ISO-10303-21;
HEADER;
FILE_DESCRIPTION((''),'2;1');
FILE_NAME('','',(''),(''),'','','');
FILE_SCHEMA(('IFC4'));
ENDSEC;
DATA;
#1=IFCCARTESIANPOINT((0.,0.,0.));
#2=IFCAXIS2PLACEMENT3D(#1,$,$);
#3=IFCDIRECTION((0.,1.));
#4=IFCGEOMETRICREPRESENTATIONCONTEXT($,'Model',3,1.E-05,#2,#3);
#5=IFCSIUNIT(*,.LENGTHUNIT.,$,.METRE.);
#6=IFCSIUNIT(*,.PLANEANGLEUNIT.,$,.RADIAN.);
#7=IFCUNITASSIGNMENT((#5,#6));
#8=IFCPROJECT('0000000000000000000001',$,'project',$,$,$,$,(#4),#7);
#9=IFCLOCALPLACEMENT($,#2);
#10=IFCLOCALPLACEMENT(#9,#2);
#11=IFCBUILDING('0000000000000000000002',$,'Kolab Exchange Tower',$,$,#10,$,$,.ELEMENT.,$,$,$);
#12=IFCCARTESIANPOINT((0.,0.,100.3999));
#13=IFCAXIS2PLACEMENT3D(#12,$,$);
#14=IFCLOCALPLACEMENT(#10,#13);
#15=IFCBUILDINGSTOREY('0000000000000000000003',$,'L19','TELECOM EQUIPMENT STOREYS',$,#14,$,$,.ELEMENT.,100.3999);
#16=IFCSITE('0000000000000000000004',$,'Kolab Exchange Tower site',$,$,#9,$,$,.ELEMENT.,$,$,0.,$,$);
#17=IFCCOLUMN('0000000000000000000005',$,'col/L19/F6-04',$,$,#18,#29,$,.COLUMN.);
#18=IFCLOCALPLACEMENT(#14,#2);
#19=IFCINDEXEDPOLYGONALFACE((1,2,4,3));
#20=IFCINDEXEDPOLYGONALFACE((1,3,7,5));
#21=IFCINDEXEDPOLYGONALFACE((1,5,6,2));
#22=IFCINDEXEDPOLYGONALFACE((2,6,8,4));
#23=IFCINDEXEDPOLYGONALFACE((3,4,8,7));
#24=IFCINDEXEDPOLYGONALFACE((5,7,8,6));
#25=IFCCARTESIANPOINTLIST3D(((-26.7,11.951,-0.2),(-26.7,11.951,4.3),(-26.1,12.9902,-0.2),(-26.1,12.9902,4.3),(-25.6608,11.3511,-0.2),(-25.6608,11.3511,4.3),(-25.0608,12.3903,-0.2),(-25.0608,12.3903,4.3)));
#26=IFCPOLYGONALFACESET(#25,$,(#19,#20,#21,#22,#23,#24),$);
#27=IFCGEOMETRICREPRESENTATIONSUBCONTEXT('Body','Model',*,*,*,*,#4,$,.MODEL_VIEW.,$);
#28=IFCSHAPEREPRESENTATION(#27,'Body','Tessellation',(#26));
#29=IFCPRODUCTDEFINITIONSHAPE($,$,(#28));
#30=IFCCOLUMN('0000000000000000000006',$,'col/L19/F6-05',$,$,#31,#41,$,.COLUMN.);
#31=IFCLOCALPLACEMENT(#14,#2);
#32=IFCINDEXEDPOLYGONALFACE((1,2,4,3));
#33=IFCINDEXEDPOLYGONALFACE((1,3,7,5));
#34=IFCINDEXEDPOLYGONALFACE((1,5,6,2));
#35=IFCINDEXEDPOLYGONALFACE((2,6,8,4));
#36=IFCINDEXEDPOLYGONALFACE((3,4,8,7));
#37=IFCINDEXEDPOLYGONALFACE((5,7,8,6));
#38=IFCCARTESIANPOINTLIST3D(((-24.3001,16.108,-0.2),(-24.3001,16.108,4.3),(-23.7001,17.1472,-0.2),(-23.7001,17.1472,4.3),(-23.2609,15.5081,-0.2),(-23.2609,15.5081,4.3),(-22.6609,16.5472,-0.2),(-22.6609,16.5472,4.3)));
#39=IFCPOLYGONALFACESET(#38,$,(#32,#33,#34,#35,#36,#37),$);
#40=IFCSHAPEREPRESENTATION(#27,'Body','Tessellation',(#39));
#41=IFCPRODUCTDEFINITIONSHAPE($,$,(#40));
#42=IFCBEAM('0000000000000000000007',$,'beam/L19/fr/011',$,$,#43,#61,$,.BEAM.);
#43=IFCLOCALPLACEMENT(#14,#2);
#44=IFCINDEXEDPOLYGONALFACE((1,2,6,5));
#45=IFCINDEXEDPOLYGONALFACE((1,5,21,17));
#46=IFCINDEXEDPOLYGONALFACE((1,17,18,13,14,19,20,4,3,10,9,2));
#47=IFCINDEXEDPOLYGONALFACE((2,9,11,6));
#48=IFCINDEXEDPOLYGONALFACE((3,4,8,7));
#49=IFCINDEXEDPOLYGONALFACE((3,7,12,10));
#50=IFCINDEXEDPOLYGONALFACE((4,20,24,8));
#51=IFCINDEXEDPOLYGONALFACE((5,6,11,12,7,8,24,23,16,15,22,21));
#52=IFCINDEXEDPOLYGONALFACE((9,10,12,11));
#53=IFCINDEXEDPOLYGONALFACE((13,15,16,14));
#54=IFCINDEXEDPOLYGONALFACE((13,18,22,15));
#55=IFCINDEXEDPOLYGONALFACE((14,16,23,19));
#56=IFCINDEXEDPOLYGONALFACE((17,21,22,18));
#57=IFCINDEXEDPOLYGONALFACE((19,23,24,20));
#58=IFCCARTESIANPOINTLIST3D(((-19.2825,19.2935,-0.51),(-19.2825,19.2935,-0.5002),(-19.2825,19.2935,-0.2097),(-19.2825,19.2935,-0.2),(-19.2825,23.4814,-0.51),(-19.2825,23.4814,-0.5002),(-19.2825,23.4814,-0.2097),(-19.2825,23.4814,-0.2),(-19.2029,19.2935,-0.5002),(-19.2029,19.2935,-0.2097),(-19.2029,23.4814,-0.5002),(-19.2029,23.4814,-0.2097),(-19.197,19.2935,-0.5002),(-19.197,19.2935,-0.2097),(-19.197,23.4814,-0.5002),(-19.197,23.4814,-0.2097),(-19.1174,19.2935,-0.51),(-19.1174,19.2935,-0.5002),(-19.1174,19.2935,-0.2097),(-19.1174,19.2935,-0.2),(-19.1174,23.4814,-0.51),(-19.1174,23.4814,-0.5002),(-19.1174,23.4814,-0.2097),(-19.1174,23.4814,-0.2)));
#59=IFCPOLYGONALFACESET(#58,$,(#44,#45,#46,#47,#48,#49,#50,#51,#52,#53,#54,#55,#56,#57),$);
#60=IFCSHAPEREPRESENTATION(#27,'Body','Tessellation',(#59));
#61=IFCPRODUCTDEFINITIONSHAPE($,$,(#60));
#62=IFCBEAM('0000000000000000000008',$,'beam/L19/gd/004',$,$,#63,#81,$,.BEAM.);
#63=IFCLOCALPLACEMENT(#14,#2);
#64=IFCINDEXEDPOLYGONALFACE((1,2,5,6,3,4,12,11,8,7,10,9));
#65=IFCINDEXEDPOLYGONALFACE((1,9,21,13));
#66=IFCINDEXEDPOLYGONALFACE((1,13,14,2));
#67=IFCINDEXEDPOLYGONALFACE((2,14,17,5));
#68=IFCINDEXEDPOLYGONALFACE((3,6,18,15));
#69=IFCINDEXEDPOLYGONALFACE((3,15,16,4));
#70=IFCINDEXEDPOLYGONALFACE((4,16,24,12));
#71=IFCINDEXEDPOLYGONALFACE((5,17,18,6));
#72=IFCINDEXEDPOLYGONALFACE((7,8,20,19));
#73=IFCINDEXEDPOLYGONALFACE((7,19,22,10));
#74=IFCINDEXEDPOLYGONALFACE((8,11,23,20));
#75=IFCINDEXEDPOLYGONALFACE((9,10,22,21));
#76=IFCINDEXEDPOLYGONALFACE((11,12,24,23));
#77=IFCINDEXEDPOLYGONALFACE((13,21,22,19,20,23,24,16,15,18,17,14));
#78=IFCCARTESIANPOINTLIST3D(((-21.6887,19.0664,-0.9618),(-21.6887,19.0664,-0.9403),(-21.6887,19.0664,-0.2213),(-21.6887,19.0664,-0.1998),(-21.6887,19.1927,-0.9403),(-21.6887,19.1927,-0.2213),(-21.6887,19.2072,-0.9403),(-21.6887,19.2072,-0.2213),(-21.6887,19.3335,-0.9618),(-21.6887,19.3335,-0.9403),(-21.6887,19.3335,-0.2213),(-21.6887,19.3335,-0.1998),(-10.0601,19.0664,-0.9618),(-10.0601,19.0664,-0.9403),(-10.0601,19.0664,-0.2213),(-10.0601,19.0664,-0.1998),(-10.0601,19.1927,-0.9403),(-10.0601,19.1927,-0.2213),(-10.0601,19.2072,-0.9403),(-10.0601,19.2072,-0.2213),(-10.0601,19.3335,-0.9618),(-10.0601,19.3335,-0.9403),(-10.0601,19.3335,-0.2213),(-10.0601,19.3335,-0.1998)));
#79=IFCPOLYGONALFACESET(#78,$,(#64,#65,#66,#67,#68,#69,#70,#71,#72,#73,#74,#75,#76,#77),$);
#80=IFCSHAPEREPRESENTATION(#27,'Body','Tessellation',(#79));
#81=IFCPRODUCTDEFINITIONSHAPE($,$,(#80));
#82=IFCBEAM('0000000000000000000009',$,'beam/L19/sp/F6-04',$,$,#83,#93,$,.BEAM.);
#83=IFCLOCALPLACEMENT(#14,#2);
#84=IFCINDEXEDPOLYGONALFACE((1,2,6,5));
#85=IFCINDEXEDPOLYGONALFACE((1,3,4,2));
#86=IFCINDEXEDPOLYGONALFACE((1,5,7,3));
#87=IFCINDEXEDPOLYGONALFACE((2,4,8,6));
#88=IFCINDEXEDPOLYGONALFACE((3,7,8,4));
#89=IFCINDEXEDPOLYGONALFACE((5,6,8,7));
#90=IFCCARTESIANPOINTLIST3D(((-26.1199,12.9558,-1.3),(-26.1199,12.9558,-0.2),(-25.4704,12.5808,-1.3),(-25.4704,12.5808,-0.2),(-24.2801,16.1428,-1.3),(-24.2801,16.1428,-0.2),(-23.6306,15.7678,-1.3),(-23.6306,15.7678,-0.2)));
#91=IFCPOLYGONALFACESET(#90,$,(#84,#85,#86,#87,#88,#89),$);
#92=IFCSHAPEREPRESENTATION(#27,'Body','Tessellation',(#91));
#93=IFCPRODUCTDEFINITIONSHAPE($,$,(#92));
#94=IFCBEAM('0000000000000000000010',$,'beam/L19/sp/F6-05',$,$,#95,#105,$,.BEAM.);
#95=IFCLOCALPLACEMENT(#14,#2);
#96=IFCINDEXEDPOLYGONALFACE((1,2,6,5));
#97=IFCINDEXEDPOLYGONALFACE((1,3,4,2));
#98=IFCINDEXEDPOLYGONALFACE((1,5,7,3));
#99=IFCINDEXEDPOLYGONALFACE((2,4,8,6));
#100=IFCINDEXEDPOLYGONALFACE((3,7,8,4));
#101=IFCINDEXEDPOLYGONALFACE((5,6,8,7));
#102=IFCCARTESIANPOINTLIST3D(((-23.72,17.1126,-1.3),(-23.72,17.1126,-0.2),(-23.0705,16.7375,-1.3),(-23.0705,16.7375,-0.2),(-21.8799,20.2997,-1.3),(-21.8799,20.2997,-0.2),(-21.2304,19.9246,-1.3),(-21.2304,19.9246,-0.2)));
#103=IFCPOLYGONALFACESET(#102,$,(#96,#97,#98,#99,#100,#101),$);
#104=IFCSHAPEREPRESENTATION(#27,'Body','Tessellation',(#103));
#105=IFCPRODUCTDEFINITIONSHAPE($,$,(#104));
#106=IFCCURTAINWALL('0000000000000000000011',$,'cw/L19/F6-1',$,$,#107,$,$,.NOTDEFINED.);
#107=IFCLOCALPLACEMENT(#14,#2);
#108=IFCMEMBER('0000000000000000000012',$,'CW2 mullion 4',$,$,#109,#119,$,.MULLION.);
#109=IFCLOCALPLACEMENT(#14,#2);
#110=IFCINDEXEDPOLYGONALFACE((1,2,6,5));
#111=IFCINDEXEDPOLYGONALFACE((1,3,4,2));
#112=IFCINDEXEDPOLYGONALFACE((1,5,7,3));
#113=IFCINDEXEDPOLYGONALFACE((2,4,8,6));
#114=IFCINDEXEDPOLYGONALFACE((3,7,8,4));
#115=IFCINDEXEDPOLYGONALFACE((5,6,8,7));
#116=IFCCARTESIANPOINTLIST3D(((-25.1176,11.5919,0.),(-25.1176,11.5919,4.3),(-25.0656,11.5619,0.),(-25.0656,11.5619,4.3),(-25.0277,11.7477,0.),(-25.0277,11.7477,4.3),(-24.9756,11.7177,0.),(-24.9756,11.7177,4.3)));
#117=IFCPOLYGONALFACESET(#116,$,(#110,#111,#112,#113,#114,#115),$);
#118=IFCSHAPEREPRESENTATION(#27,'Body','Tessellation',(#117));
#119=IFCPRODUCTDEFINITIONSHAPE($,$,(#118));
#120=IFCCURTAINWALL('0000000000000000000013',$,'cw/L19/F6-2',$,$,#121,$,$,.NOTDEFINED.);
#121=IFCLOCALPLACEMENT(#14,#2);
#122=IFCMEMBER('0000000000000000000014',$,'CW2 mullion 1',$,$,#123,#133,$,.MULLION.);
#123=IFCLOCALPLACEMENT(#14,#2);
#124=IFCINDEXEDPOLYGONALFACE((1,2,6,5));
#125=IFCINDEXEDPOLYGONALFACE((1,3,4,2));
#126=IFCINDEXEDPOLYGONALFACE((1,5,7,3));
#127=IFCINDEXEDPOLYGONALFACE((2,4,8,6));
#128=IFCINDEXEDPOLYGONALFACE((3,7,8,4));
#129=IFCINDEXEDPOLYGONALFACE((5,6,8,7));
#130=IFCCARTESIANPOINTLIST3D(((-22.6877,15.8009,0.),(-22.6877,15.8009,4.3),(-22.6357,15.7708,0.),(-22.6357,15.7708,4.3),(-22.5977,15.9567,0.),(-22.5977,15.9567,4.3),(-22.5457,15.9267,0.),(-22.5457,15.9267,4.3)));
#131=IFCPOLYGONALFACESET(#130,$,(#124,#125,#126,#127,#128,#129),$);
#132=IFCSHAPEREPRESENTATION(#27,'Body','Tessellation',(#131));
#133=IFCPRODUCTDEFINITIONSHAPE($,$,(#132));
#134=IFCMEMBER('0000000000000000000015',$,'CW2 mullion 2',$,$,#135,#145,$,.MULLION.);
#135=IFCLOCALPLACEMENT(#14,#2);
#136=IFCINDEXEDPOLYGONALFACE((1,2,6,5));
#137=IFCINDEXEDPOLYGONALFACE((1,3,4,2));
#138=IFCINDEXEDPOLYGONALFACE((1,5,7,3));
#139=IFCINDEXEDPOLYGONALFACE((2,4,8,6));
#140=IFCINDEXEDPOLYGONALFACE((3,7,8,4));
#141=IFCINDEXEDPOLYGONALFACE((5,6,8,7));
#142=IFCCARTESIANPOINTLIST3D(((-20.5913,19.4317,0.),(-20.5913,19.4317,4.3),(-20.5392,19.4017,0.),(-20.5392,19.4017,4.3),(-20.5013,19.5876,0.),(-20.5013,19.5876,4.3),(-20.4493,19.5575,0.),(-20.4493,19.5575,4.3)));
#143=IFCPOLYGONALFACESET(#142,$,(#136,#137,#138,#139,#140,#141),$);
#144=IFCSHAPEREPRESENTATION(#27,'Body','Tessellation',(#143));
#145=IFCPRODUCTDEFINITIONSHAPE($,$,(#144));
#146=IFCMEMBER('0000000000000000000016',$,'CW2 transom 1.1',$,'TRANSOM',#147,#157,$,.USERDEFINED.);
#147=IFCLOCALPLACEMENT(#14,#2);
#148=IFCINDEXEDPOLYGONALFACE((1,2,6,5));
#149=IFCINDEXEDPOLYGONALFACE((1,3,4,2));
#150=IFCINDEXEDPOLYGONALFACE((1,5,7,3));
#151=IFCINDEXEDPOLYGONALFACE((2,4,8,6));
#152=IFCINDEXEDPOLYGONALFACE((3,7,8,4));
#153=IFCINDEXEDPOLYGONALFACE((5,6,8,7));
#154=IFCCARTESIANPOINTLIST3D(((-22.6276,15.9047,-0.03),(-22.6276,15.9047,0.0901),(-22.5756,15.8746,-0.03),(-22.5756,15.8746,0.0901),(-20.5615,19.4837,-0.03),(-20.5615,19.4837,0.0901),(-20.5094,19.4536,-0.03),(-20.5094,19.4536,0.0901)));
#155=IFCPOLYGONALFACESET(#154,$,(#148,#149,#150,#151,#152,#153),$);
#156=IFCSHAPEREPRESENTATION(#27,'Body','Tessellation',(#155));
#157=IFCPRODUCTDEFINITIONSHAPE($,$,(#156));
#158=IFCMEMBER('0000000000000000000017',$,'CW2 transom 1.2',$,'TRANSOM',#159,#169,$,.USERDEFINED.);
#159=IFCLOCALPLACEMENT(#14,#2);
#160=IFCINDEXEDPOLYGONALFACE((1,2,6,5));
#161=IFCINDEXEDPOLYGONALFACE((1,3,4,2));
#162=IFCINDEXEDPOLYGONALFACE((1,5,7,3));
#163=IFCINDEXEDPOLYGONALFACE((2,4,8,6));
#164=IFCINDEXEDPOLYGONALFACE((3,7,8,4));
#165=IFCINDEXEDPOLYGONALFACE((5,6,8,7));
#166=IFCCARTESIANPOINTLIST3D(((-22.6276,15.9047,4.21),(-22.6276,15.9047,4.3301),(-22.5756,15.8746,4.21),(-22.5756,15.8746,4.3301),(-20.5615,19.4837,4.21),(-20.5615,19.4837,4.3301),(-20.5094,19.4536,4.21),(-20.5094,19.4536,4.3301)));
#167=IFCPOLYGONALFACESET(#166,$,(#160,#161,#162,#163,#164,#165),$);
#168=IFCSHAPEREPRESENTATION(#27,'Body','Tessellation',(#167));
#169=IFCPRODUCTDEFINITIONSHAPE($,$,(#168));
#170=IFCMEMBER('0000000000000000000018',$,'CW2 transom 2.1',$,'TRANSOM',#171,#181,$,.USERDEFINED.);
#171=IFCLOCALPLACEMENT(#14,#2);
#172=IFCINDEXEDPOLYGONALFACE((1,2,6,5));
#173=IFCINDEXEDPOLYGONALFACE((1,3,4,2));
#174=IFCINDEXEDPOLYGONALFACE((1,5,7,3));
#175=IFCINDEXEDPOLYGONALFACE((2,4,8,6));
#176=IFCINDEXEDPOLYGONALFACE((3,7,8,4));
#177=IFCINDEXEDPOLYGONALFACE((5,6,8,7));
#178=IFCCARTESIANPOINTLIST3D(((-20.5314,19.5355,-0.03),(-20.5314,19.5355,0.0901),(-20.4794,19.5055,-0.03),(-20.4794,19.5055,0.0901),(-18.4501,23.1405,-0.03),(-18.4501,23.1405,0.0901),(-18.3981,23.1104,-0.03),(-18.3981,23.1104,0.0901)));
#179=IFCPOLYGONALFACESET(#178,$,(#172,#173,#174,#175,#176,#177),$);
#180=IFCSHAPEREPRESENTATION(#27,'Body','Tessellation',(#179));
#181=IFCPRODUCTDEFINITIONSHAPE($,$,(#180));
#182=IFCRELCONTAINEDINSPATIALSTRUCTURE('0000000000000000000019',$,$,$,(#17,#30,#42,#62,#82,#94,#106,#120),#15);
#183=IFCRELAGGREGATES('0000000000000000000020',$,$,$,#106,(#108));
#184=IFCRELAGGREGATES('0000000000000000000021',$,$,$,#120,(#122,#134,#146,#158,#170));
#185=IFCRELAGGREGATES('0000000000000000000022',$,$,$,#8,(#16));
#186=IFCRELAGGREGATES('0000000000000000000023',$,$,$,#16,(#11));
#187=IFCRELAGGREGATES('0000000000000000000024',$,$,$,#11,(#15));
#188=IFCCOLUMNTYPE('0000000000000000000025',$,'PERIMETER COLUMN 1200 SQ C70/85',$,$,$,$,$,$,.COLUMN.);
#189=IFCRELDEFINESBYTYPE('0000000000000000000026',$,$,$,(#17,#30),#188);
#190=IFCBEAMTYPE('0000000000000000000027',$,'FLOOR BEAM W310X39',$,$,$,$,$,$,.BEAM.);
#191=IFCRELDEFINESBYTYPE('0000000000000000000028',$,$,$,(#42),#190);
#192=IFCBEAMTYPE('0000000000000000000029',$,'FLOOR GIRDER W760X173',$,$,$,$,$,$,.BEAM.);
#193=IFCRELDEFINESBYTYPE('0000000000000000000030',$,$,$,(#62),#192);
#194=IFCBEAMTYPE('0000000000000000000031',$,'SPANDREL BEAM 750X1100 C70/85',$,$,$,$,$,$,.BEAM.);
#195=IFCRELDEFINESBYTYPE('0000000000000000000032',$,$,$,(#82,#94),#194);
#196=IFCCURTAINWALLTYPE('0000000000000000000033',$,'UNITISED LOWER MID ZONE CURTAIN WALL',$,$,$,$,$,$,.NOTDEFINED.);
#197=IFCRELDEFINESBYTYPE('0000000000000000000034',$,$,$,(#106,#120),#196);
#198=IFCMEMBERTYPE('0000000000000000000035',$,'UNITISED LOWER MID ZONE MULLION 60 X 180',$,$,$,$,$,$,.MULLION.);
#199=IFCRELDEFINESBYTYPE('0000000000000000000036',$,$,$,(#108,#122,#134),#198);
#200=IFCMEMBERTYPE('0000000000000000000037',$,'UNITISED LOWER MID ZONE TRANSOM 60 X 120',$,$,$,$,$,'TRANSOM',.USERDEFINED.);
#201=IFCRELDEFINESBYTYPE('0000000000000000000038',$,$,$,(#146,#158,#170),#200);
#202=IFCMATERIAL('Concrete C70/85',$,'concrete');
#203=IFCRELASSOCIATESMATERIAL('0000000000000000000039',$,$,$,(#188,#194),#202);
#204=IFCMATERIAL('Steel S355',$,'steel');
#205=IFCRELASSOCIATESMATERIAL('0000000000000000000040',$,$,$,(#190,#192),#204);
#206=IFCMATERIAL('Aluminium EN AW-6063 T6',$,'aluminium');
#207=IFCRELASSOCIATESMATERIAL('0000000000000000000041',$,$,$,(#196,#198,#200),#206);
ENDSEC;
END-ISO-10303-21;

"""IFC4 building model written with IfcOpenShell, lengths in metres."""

from ifc_helpers import new_model, si_unit, direction, frame, origin, origin_2d, place, context, subcontext, project, spatial, rectangle, i_section, extrude, material, material_profile, profile_set, type_object, element, aggregate, save


model = new_model("IFC4")

# Units and contexts
model_context = context("Model", 3, precision=1e-05, world=origin(), true_north=direction((0.0, 1.0)))
body_context = subcontext(model_context, "Body", "Model", "MODEL_VIEW")
ifc_project = project(units=[si_unit("LENGTHUNIT", "METRE"), si_unit("PLANEANGLEUNIT", "RADIAN")], contexts=[model_context])

# Site, building, storey
site_placement = place(None, origin())
site = spatial("IfcSite", under=ifc_project, at=site_placement, Name="Kolab Exchange Tower site", CompositionType="ELEMENT", RefElevation=0.0)
building_placement = place(site_placement, origin())
building = spatial("IfcBuilding", under=site, at=building_placement, Name="Kolab Exchange Tower", CompositionType="ELEMENT")
storey_placement = place(building_placement, frame((0.0, 0.0, 100.3999)))
storey = spatial("IfcBuildingStorey", under=building, at=storey_placement, Name="L19", Description="TELECOM EQUIPMENT STOREYS", CompositionType="ELEMENT", Elevation=100.3999)

# Columns
ifc_material_1 = material(Name="Concrete C70/85", Category="concrete")
ifc_material_profile_1 = material_profile(ifc_material_1, rectangle(XDim=1.2, YDim=1.2, at=origin_2d()), Name="RC1200")
ifc_profile_set_1 = profile_set([ifc_material_profile_1], Name="Concrete C70/85")
column_type = type_object("IfcColumnType", Name="PERIMETER COLUMN 1200 SQ C70/85", PredefinedType="COLUMN", material=ifc_profile_set_1)
for number, where, z_axis, x_axis, name in (
    (1, (-25.8804, 12.1707, -0.2), (0.0, 0.0, 1.0), (0.5, 0.866025, 0.0), "col/L19/F6-04"),
    (2, (-23.4805, 16.3276, -0.2), (0.0, 0.0, 1.0), (0.5, 0.866025, 0.0), "col/L19/F6-05"),
):
    element("IfcColumn", number, at=place(storey_placement, frame(where, z_axis=z_axis, x_axis=x_axis)), inside=storey, type_object=column_type, Name=name, PredefinedType="COLUMN", context=body_context, shape_type="SweptSolid", body=[
        extrude(rectangle(XDim=1.2, YDim=1.2, at=origin_2d()), origin(), (0.0, 0.0, 1.0), 4.5),
    ])

# Beams
ifc_material_2 = material(Name="Steel S355", Category="steel")
ifc_material_profile_2 = material_profile(ifc_material_2, i_section(OverallWidth=0.165, OverallDepth=0.3101, WebThickness=0.0059, FlangeThickness=0.0098, at=origin_2d()), Name="W310X39")
ifc_profile_set_2 = profile_set([ifc_material_profile_2], Name="Steel S355")
beam_type_1 = type_object("IfcBeamType", Name="FLOOR BEAM W310X39", PredefinedType="BEAM", material=ifc_profile_set_2)
beam_1_placement = place(storey_placement, frame((-19.2, 19.2935, -0.355), z_axis=(0.0, 1.0, 0.0), x_axis=(-1.0, 0.0, 0.0)))
element("IfcBeam", 3, at=beam_1_placement, inside=storey, type_object=beam_type_1, Name="beam/L19/fr/011", PredefinedType="BEAM", context=body_context, shape_type="SweptSolid", body=[
    extrude(i_section(OverallWidth=0.165, OverallDepth=0.3101, WebThickness=0.0059, FlangeThickness=0.0098, at=origin_2d()), origin(), (0.0, 0.0, 1.0), 4.188),
])
ifc_material_profile_3 = material_profile(ifc_material_2, i_section(OverallWidth=0.2671, OverallDepth=0.762, WebThickness=0.0144, FlangeThickness=0.0215, at=origin_2d()), Name="W760X173")
ifc_profile_set_3 = profile_set([ifc_material_profile_3], Name="Steel S355")
beam_type_2 = type_object("IfcBeamType", Name="FLOOR GIRDER W760X173", PredefinedType="BEAM", material=ifc_profile_set_3)
beam_2_placement = place(storey_placement, frame((-21.6887, 19.2, -0.5808), z_axis=(1.0, 0.0, 0.0), x_axis=(0.0, 1.0, 0.0)))
element("IfcBeam", 4, at=beam_2_placement, inside=storey, type_object=beam_type_2, Name="beam/L19/gd/004", PredefinedType="BEAM", context=body_context, shape_type="SweptSolid", body=[
    extrude(i_section(OverallWidth=0.2671, OverallDepth=0.762, WebThickness=0.0144, FlangeThickness=0.0215, at=origin_2d()), origin(), (0.0, 0.0, 1.0), 11.6287),
])
ifc_material_profile_4 = material_profile(ifc_material_1, rectangle(XDim=0.75, YDim=1.1001, at=origin_2d()), Name="RC750X1100")
ifc_profile_set_4 = profile_set([ifc_material_profile_4], Name="Concrete C70/85")
beam_type_3 = type_object("IfcBeamType", Name="SPANDREL BEAM 750X1100 C70/85", PredefinedType="BEAM", material=ifc_profile_set_4)
beam_3_placement = place(storey_placement, frame((-25.7952, 12.7683, -0.75), z_axis=(0.499964, 0.866046, 0.0), x_axis=(-0.866046, 0.499964, 0.0)))
element("IfcBeam", 5, at=beam_3_placement, inside=storey, type_object=beam_type_3, Name="beam/L19/sp/F6-04", PredefinedType="BEAM", context=body_context, shape_type="SweptSolid", body=[
    extrude(rectangle(XDim=0.75, YDim=1.1001, at=origin_2d()), origin(), (0.0, 0.0, 1.0), 3.6799),
])
beam_4_placement = place(storey_placement, frame((-23.3953, 16.925, -0.75), z_axis=(0.500013, 0.866018, 0.0), x_axis=(-0.866018, 0.500013, 0.0)))
element("IfcBeam", 6, at=beam_4_placement, inside=storey, type_object=beam_type_3, Name="beam/L19/sp/F6-05", PredefinedType="BEAM", context=body_context, shape_type="SweptSolid", body=[
    extrude(rectangle(XDim=0.75, YDim=1.1001, at=origin_2d()), origin(), (0.0, 0.0, 1.0), 3.6802),
])

# Curtain wall, member
ifc_material_3 = material(Name="Aluminium EN AW-6063 T6", Category="aluminium")
curtain_wall_type = type_object("IfcCurtainWallType", Name="UNITISED LOWER MID ZONE CURTAIN WALL", PredefinedType="NOTDEFINED", material=ifc_material_3)
curtain_wall_1_placement = place(storey_placement, origin())
curtain_wall_1 = element("IfcCurtainWall", 7, at=curtain_wall_1_placement, inside=storey, type_object=curtain_wall_type, Name="cw/L19/F6-1", PredefinedType="NOTDEFINED")
ifc_material_profile_5 = material_profile(ifc_material_3, rectangle(XDim=0.0601, YDim=0.1799, at=origin_2d()), Name="RECT 60X180")
ifc_profile_set_5 = profile_set([ifc_material_profile_5], Name="Aluminium EN AW-6063 T6")
member_type_1 = type_object("IfcMemberType", Name="UNITISED LOWER MID ZONE MULLION 60 X 180", PredefinedType="MULLION", material=ifc_profile_set_5)
member_1_placement = place(storey_placement, frame((-25.0466, 11.6548, 0.0), z_axis=(0.0, 0.0, 1.0), x_axis=(-0.866025, 0.5, 0.0)))
member_1 = element("IfcMember", 8, at=member_1_placement, type_object=member_type_1, Name="CW2 mullion 4", PredefinedType="MULLION", context=body_context, shape_type="SweptSolid", body=[
    extrude(rectangle(XDim=0.0601, YDim=0.1799, at=origin_2d()), origin(), (0.0, 0.0, 1.0), 4.3),
])
aggregate(curtain_wall_1, [member_1])

# Curtain wall, members
curtain_wall_2_placement = place(storey_placement, origin())
curtain_wall_2 = element("IfcCurtainWall", 9, at=curtain_wall_2_placement, inside=storey, type_object=curtain_wall_type, Name="cw/L19/F6-2", PredefinedType="NOTDEFINED")
member_2_placement = place(storey_placement, frame((-22.6167, 15.8638, 0.0), z_axis=(0.0, 0.0, 1.0), x_axis=(-0.866025, 0.5, 0.0)))
member_2 = element("IfcMember", 10, at=member_2_placement, type_object=member_type_1, Name="CW2 mullion 1", PredefinedType="MULLION", context=body_context, shape_type="SweptSolid", body=[
    extrude(rectangle(XDim=0.0601, YDim=0.1799, at=origin_2d()), origin(), (0.0, 0.0, 1.0), 4.3),
])
member_3_placement = place(storey_placement, frame((-20.5203, 19.4946, 0.0), z_axis=(0.0, 0.0, 1.0), x_axis=(-0.866025, 0.5, 0.0)))
member_3 = element("IfcMember", 11, at=member_3_placement, type_object=member_type_1, Name="CW2 mullion 2", PredefinedType="MULLION", context=body_context, shape_type="SweptSolid", body=[
    extrude(rectangle(XDim=0.0601, YDim=0.1799, at=origin_2d()), origin(), (0.0, 0.0, 1.0), 4.3),
])
ifc_material_profile_6 = material_profile(ifc_material_3, rectangle(XDim=0.0601, YDim=0.1201, at=origin_2d()), Name="RECT 60X120")
ifc_profile_set_6 = profile_set([ifc_material_profile_6], Name="Aluminium EN AW-6063 T6")
member_type_2 = type_object("IfcMemberType", Name="UNITISED LOWER MID ZONE TRANSOM 60 X 120", ElementType="TRANSOM", PredefinedType="USERDEFINED", material=ifc_profile_set_6)
member_4_placement = place(storey_placement, frame((-22.6016, 15.8896, 0.03), z_axis=(0.499958, 0.86605, 0.0), x_axis=(-0.86605, 0.499958, 0.0)))
member_4 = element("IfcMember", 12, at=member_4_placement, type_object=member_type_2, Name="CW2 transom 1.1", ObjectType="TRANSOM", PredefinedType="USERDEFINED", context=body_context, shape_type="SweptSolid", body=[
    extrude(rectangle(XDim=0.0601, YDim=0.1201, at=origin_2d()), origin(), (0.0, 0.0, 1.0), 4.1326),
])
member_5_placement = place(storey_placement, frame((-22.6016, 15.8896, 4.27), z_axis=(0.499958, 0.86605, 0.0), x_axis=(-0.86605, 0.499958, 0.0)))
member_5 = element("IfcMember", 13, at=member_5_placement, type_object=member_type_2, Name="CW2 transom 1.2", ObjectType="TRANSOM", PredefinedType="USERDEFINED", context=body_context, shape_type="SweptSolid", body=[
    extrude(rectangle(XDim=0.0601, YDim=0.1201, at=origin_2d()), origin(), (0.0, 0.0, 1.0), 4.1326),
])
member_6_placement = place(storey_placement, frame((-20.5054, 19.5205, 0.03), z_axis=(0.499993, 0.866029, 0.0), x_axis=(-0.866029, 0.499993, 0.0)))
member_6 = element("IfcMember", 14, at=member_6_placement, type_object=member_type_2, Name="CW2 transom 2.1", ObjectType="TRANSOM", PredefinedType="USERDEFINED", context=body_context, shape_type="SweptSolid", body=[
    extrude(rectangle(XDim=0.0601, YDim=0.1201, at=origin_2d()), origin(), (0.0, 0.0, 1.0), 4.1626),
])
aggregate(curtain_wall_2, [member_2, member_3, member_4, member_5, member_6])

save(model, "model.ifc")
